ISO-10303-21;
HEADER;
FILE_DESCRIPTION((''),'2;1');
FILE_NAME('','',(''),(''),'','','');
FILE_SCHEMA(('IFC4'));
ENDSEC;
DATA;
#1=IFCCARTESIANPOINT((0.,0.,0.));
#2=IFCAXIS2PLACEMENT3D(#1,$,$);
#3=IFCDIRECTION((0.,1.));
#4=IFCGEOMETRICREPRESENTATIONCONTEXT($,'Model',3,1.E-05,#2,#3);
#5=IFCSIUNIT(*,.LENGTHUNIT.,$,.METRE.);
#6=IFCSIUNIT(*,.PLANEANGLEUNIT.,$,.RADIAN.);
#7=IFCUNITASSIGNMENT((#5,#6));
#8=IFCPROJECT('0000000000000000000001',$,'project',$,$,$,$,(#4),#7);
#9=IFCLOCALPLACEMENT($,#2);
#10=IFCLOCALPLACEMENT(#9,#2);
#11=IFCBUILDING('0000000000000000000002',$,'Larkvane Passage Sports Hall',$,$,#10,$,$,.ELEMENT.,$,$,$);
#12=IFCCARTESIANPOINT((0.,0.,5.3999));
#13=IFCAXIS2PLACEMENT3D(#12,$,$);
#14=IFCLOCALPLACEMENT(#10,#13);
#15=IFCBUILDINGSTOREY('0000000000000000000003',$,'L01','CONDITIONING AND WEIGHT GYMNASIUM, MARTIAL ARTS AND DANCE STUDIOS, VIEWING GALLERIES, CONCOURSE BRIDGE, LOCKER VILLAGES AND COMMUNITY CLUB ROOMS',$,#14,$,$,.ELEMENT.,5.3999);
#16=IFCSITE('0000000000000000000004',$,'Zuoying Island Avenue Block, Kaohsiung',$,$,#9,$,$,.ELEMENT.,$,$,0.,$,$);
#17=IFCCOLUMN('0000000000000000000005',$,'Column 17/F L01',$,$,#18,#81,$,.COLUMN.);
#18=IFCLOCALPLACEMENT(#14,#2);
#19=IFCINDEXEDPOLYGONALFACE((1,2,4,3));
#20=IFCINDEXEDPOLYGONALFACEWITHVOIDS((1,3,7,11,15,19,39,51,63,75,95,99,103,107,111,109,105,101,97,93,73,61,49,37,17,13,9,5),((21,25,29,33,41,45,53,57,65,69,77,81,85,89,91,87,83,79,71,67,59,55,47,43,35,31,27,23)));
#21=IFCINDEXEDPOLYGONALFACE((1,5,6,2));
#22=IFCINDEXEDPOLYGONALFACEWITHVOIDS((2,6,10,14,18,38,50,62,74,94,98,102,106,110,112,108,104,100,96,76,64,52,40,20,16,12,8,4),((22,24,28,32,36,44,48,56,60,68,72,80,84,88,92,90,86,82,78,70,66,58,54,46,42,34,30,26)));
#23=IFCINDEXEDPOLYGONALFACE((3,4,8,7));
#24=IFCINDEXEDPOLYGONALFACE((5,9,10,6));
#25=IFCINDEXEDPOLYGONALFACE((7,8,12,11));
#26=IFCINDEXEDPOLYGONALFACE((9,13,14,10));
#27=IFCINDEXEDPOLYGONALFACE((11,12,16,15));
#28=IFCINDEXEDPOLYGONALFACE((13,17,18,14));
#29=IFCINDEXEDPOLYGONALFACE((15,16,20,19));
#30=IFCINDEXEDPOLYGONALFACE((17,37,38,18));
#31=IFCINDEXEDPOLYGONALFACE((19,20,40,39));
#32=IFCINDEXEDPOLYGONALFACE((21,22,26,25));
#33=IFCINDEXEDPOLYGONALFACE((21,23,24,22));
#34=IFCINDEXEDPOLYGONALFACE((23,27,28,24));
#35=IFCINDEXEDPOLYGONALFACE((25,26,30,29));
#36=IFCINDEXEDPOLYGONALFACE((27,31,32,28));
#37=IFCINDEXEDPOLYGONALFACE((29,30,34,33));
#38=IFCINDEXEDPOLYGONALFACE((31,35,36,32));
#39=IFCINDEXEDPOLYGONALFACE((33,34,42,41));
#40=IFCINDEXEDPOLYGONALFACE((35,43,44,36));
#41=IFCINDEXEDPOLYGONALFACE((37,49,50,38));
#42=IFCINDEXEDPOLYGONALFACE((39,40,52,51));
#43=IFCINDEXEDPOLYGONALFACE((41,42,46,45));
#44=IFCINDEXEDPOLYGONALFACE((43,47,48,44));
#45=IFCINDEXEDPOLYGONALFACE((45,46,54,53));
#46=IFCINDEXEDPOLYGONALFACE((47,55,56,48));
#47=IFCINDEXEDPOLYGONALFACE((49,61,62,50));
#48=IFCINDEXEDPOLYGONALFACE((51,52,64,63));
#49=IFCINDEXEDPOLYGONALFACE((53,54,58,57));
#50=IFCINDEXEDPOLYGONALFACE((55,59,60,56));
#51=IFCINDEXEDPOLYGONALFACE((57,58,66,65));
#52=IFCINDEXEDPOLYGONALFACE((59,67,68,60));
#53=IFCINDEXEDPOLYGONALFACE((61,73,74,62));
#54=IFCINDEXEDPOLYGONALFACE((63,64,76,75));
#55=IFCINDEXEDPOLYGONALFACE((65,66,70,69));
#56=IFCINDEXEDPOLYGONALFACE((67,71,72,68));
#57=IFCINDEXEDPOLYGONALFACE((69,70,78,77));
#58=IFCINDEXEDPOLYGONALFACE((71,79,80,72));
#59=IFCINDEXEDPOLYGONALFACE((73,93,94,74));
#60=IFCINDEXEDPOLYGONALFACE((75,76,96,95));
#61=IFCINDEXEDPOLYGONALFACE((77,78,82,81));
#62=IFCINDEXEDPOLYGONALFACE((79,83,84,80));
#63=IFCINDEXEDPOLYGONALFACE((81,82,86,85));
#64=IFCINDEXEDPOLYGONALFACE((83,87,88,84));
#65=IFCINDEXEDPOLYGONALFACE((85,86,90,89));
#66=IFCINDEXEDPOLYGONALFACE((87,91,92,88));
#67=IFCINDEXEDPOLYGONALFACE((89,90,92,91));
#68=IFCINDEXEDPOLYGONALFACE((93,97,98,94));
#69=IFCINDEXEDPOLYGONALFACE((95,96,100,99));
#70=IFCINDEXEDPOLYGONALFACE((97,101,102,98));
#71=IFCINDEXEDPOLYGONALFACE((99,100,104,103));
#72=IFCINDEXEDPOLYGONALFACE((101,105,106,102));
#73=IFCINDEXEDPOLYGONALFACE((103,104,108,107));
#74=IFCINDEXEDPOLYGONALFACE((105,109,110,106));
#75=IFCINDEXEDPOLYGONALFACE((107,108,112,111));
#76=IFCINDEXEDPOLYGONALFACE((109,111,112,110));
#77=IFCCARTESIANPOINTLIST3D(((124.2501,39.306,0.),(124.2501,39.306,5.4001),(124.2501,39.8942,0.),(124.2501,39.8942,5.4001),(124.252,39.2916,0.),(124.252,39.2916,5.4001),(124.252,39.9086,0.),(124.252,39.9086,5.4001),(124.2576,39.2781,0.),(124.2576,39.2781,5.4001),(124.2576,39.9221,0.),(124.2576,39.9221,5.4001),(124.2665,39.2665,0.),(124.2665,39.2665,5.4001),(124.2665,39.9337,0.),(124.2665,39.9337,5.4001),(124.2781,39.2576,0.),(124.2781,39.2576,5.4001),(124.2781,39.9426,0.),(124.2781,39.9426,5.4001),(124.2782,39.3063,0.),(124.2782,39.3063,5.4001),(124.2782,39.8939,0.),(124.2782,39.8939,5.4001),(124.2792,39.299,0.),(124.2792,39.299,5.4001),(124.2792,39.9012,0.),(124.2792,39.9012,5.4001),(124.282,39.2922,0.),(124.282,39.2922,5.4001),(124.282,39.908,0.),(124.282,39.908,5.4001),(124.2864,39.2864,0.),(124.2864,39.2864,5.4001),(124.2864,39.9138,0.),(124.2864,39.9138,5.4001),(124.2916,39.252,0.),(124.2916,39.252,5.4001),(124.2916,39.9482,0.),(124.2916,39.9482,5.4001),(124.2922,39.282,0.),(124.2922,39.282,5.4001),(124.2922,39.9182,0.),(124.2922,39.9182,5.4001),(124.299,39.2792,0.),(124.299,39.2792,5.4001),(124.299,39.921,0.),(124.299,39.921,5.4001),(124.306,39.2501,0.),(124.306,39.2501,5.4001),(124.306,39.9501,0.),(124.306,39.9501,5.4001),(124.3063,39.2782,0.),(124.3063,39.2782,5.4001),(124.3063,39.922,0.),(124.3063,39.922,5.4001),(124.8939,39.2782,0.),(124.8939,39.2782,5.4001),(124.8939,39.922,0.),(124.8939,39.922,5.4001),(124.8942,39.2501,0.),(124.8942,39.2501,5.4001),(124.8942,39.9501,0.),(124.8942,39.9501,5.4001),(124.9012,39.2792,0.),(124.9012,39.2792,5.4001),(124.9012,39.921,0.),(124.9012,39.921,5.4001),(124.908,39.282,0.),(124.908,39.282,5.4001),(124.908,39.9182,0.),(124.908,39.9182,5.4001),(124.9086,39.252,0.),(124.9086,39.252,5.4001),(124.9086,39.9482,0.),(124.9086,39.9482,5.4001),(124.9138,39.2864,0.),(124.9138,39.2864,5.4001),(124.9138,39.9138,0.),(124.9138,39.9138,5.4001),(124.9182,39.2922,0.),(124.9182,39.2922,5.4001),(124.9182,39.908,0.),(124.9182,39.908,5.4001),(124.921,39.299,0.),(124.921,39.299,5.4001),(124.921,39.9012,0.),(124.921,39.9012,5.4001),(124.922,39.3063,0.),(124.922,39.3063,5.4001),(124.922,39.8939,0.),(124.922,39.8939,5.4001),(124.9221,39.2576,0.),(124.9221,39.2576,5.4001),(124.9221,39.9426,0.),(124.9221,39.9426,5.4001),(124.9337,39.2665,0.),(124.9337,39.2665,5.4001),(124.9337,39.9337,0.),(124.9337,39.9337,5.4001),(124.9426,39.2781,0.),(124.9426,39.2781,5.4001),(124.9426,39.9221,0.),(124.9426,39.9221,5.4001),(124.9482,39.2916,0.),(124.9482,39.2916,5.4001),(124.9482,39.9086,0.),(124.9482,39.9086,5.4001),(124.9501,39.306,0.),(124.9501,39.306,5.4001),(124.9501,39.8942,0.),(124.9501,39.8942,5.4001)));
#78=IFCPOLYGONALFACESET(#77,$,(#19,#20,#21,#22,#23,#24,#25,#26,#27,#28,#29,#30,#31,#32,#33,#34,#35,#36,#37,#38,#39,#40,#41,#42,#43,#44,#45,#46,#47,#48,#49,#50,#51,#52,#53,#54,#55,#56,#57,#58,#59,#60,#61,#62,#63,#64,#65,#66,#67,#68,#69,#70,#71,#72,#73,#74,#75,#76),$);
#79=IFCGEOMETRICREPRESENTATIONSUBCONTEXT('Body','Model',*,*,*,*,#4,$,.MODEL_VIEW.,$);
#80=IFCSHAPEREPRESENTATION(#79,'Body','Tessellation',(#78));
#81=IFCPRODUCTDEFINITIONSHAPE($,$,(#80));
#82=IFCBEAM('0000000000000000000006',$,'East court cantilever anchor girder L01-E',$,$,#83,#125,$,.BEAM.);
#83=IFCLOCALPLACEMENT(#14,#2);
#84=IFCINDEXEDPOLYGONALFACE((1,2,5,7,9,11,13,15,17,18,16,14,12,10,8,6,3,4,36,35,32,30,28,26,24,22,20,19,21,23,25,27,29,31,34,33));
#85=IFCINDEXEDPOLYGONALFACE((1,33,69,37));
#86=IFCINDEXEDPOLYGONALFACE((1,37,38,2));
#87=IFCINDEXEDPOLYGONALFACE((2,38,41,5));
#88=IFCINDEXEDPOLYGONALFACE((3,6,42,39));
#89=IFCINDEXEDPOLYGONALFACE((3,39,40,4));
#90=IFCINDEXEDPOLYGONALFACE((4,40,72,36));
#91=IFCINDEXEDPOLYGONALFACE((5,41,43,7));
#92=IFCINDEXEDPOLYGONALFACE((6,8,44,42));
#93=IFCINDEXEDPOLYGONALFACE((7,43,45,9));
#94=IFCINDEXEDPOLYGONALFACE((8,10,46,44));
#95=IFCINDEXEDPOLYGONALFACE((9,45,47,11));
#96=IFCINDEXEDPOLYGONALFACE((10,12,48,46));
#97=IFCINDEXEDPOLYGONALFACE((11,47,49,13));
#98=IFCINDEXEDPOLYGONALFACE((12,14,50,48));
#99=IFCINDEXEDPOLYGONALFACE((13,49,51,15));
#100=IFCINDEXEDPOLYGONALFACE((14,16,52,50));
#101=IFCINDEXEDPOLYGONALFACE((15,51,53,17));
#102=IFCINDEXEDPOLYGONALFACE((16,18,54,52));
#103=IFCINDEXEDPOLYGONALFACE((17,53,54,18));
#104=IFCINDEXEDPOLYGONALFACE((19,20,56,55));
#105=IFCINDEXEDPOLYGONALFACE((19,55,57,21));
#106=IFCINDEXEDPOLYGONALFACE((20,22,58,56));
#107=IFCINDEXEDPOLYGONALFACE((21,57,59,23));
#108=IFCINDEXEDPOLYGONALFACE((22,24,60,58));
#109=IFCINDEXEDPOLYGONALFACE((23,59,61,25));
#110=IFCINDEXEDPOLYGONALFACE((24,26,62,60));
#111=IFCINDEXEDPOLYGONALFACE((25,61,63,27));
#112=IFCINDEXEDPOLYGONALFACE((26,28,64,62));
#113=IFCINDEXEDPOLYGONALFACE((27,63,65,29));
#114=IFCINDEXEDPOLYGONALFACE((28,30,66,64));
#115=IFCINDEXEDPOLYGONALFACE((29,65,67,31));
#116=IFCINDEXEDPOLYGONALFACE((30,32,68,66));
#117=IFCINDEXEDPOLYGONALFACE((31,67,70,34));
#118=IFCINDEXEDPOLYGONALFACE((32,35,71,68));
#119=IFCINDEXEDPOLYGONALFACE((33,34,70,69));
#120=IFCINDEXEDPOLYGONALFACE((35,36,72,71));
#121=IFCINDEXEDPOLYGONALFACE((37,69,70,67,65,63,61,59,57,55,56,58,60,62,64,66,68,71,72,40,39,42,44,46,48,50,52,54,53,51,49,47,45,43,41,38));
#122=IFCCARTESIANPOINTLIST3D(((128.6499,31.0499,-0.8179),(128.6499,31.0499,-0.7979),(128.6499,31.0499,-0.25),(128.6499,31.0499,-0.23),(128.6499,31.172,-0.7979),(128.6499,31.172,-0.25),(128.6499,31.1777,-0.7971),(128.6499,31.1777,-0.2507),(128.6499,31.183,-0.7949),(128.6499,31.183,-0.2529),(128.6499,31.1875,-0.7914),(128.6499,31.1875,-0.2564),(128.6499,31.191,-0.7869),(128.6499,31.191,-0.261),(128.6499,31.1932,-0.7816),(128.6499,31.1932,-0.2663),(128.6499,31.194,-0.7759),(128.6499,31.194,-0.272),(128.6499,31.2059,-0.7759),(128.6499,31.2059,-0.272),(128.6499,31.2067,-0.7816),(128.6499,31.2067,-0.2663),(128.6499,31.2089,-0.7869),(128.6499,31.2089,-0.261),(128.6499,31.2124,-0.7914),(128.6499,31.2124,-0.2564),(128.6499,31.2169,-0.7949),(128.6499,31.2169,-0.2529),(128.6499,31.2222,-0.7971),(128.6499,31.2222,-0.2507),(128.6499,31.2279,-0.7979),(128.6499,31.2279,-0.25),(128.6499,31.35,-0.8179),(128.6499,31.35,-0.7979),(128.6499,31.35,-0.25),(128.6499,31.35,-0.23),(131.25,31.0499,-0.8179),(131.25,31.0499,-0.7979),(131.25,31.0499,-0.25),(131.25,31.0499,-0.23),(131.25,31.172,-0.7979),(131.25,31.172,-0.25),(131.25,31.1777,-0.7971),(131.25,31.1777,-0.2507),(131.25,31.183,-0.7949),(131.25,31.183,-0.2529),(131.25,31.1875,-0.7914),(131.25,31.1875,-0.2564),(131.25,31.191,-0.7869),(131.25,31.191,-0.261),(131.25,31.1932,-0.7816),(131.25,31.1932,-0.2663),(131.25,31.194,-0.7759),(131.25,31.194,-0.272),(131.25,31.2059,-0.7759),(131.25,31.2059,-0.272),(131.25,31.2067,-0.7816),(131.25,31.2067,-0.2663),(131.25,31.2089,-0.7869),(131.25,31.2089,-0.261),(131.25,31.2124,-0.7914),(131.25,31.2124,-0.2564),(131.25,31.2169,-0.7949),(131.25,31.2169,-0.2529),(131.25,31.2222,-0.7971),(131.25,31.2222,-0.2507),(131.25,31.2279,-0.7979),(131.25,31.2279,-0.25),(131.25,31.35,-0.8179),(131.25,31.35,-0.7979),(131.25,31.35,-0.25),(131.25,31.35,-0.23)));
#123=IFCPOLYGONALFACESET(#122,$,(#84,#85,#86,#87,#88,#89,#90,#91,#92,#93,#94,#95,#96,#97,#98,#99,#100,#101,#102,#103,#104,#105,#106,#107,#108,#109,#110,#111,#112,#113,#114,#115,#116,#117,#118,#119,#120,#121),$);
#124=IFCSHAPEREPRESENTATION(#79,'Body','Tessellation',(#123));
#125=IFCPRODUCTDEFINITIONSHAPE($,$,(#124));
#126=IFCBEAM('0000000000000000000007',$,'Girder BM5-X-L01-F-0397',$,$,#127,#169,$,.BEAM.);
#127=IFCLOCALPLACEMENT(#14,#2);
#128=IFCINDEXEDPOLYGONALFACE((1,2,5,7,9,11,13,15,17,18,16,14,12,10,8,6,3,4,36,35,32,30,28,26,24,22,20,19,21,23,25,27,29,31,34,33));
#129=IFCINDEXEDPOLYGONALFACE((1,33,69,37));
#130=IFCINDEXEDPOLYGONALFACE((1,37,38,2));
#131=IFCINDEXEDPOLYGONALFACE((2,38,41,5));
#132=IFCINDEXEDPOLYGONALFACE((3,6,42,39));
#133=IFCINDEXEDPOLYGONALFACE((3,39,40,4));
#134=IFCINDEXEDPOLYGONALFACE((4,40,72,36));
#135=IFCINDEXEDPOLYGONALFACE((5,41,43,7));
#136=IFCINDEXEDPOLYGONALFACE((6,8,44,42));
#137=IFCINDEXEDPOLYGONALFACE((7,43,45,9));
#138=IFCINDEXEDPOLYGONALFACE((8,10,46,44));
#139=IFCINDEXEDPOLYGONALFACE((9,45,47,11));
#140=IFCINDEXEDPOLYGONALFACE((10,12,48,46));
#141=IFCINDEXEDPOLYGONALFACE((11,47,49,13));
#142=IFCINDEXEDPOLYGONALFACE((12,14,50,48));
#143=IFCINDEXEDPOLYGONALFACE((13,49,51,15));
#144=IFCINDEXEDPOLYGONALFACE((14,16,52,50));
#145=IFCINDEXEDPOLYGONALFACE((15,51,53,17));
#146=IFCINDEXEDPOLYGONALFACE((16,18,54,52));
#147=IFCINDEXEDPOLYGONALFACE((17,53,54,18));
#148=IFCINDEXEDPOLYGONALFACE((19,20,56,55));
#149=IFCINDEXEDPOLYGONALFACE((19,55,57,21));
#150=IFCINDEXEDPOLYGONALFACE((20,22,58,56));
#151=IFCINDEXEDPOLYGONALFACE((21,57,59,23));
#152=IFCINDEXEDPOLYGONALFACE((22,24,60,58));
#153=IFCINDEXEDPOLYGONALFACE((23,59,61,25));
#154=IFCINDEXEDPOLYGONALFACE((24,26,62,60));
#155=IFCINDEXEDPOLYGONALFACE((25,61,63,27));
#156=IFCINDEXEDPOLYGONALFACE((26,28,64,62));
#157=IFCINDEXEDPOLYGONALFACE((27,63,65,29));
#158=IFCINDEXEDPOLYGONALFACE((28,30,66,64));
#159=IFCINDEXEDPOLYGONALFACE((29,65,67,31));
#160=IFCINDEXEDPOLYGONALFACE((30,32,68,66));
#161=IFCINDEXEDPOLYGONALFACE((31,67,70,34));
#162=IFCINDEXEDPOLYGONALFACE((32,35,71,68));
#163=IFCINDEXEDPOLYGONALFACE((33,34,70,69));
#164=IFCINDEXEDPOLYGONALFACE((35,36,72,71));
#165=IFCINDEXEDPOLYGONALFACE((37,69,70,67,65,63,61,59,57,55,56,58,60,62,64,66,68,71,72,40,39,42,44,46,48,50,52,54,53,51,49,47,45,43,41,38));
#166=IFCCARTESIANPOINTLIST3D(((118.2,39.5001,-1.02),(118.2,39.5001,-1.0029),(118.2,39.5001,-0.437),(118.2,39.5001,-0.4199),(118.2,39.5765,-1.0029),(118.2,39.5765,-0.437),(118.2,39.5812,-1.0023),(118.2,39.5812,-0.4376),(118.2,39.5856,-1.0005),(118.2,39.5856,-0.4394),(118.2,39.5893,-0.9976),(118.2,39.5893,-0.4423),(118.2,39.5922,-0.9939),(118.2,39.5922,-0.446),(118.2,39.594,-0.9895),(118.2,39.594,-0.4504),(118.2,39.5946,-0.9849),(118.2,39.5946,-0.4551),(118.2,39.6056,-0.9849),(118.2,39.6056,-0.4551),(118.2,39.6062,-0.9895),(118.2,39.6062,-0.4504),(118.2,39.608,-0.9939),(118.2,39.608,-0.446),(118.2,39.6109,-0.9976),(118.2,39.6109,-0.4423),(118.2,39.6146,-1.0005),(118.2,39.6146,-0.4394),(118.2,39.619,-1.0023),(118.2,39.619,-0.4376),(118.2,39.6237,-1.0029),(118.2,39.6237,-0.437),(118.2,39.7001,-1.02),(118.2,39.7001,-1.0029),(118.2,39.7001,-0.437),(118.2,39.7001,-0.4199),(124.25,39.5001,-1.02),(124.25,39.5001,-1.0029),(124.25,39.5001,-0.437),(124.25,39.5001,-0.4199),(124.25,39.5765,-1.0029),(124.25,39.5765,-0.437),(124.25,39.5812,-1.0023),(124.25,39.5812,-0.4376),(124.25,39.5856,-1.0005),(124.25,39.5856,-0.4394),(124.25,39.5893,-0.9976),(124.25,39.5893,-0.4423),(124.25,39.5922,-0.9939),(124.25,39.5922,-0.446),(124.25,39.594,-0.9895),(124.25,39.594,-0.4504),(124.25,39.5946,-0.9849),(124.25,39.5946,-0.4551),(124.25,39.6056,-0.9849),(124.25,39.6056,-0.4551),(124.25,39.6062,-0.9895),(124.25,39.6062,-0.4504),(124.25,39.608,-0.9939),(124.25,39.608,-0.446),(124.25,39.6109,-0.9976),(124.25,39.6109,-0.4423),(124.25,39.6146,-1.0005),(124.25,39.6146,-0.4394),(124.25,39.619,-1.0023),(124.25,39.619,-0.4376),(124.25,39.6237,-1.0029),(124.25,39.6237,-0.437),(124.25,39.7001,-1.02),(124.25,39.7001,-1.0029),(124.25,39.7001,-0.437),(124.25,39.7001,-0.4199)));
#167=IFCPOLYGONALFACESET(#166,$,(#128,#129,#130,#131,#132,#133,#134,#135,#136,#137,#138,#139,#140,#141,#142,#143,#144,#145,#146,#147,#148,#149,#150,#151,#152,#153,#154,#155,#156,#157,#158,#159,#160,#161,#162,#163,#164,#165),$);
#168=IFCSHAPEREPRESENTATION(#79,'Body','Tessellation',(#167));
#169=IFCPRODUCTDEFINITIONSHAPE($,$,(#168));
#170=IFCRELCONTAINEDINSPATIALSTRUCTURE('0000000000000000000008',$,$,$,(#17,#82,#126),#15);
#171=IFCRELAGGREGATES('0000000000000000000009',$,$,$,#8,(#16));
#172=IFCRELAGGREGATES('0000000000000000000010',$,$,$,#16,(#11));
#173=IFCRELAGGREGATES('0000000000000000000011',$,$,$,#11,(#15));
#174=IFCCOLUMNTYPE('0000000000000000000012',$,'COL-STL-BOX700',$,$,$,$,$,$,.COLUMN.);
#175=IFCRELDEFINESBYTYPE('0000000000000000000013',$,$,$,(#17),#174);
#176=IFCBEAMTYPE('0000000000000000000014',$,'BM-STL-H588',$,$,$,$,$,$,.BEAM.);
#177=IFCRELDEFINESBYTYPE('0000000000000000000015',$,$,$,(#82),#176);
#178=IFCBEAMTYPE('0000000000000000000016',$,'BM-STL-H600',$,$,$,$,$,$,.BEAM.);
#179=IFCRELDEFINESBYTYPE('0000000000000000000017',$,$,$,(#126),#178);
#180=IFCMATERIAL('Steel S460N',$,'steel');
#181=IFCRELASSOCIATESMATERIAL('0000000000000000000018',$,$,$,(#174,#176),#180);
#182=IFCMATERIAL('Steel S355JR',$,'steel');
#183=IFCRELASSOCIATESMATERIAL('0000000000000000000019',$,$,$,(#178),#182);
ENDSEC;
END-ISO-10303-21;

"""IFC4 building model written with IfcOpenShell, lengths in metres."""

from ifc_helpers import new_model, si_unit, direction, frame, origin, origin_2d, place, context, subcontext, project, spatial, hollow_rectangle, i_section, extrude, material, material_profile, profile_set, type_object, element, save


model = new_model("IFC4")

# Units and contexts
model_context = context("Model", 3, precision=1e-05, world=origin(), true_north=direction((0.0, 1.0)))
body_context = subcontext(model_context, "Body", "Model", "MODEL_VIEW")
ifc_project = project(units=[si_unit("LENGTHUNIT", "METRE"), si_unit("PLANEANGLEUNIT", "RADIAN")], contexts=[model_context])

# Site, building, storey
site_placement = place(None, origin())
site = spatial("IfcSite", under=ifc_project, at=site_placement, Name="Zuoying Island Avenue Block, Kaohsiung", CompositionType="ELEMENT", RefElevation=0.0)
building_placement = place(site_placement, origin())
building = spatial("IfcBuilding", under=site, at=building_placement, Name="Larkvane Passage Sports Hall", CompositionType="ELEMENT")
storey_placement = place(building_placement, frame((0.0, 0.0, 5.3999)))
storey = spatial("IfcBuildingStorey", under=building, at=storey_placement, Name="L01", Description="CONDITIONING AND WEIGHT GYMNASIUM, MARTIAL ARTS AND DANCE STUDIOS, VIEWING GALLERIES, CONCOURSE BRIDGE, LOCKER VILLAGES AND COMMUNITY CLUB ROOMS", CompositionType="ELEMENT", Elevation=5.3999)

# Column
ifc_material_1 = material(Name="Steel S460N", Category="steel")
ifc_material_profile_1 = material_profile(ifc_material_1, hollow_rectangle(XDim=0.7, YDim=0.7, WallThickness=0.0281, InnerFilletRadius=0.0281, OuterFilletRadius=0.0559, at=origin_2d()), Name="BOX-700x700x28")
ifc_profile_set_1 = profile_set([ifc_material_profile_1], Name="Steel S460N")
column_type = type_object("IfcColumnType", Name="COL-STL-BOX700", PredefinedType="COLUMN", material=ifc_profile_set_1)
column_placement = place(storey_placement, frame((124.6001, 39.6001, 0.0), z_axis=(0.0, 0.0, 1.0), x_axis=(1.0, 0.0, 0.0)))
element("IfcColumn", 1, at=column_placement, inside=storey, type_object=column_type, Name="Column 17/F L01", PredefinedType="COLUMN", context=body_context, shape_type="SweptSolid", body=[
    extrude(hollow_rectangle(XDim=0.7, YDim=0.7, WallThickness=0.0281, InnerFilletRadius=0.0281, OuterFilletRadius=0.0559, at=origin_2d()), origin(), (0.0, 0.0, 1.0), 5.4001),
])

# Beams
ifc_material_profile_2 = material_profile(ifc_material_1, i_section(OverallWidth=0.3, OverallDepth=0.5879, WebThickness=0.012, FlangeThickness=0.02, FilletRadius=0.022, at=origin_2d()), Name="H-588x300x12x20")
ifc_profile_set_2 = profile_set([ifc_material_profile_2], Name="Steel S460N")
beam_type_1 = type_object("IfcBeamType", Name="BM-STL-H588", PredefinedType="BEAM", material=ifc_profile_set_2)
beam_1_placement = place(storey_placement, frame((128.6499, 31.2, -0.5239), z_axis=(1.0, 0.0, 0.0), x_axis=(0.0, 1.0, 0.0)))
element("IfcBeam", 2, at=beam_1_placement, inside=storey, type_object=beam_type_1, Name="East court cantilever anchor girder L01-E", PredefinedType="BEAM", context=body_context, shape_type="SweptSolid", body=[
    extrude(i_section(OverallWidth=0.3, OverallDepth=0.5879, WebThickness=0.012, FlangeThickness=0.02, FilletRadius=0.022, at=origin_2d()), origin(), (0.0, 0.0, 1.0), 2.6001),
])
ifc_material_2 = material(Name="Steel S355JR", Category="steel")
ifc_material_profile_3 = material_profile(ifc_material_2, i_section(OverallWidth=0.2, OverallDepth=0.6001, WebThickness=0.011, FlangeThickness=0.0171, FilletRadius=0.0181, at=origin_2d()), Name="H-600x200x11x17")
ifc_profile_set_3 = profile_set([ifc_material_profile_3], Name="Steel S355JR")
beam_type_2 = type_object("IfcBeamType", Name="BM-STL-H600", PredefinedType="BEAM", material=ifc_profile_set_3)
beam_2_placement = place(storey_placement, frame((118.2, 39.6001, -0.72), z_axis=(1.0, 0.0, 0.0), x_axis=(0.0, 1.0, 0.0)))
element("IfcBeam", 3, at=beam_2_placement, inside=storey, type_object=beam_type_2, Name="Girder BM5-X-L01-F-0397", PredefinedType="BEAM", context=body_context, shape_type="SweptSolid", body=[
    extrude(i_section(OverallWidth=0.2, OverallDepth=0.6001, WebThickness=0.011, FlangeThickness=0.0171, FilletRadius=0.0181, at=origin_2d()), origin(), (0.0, 0.0, 1.0), 6.05),
])

save(model, "model.ifc")
